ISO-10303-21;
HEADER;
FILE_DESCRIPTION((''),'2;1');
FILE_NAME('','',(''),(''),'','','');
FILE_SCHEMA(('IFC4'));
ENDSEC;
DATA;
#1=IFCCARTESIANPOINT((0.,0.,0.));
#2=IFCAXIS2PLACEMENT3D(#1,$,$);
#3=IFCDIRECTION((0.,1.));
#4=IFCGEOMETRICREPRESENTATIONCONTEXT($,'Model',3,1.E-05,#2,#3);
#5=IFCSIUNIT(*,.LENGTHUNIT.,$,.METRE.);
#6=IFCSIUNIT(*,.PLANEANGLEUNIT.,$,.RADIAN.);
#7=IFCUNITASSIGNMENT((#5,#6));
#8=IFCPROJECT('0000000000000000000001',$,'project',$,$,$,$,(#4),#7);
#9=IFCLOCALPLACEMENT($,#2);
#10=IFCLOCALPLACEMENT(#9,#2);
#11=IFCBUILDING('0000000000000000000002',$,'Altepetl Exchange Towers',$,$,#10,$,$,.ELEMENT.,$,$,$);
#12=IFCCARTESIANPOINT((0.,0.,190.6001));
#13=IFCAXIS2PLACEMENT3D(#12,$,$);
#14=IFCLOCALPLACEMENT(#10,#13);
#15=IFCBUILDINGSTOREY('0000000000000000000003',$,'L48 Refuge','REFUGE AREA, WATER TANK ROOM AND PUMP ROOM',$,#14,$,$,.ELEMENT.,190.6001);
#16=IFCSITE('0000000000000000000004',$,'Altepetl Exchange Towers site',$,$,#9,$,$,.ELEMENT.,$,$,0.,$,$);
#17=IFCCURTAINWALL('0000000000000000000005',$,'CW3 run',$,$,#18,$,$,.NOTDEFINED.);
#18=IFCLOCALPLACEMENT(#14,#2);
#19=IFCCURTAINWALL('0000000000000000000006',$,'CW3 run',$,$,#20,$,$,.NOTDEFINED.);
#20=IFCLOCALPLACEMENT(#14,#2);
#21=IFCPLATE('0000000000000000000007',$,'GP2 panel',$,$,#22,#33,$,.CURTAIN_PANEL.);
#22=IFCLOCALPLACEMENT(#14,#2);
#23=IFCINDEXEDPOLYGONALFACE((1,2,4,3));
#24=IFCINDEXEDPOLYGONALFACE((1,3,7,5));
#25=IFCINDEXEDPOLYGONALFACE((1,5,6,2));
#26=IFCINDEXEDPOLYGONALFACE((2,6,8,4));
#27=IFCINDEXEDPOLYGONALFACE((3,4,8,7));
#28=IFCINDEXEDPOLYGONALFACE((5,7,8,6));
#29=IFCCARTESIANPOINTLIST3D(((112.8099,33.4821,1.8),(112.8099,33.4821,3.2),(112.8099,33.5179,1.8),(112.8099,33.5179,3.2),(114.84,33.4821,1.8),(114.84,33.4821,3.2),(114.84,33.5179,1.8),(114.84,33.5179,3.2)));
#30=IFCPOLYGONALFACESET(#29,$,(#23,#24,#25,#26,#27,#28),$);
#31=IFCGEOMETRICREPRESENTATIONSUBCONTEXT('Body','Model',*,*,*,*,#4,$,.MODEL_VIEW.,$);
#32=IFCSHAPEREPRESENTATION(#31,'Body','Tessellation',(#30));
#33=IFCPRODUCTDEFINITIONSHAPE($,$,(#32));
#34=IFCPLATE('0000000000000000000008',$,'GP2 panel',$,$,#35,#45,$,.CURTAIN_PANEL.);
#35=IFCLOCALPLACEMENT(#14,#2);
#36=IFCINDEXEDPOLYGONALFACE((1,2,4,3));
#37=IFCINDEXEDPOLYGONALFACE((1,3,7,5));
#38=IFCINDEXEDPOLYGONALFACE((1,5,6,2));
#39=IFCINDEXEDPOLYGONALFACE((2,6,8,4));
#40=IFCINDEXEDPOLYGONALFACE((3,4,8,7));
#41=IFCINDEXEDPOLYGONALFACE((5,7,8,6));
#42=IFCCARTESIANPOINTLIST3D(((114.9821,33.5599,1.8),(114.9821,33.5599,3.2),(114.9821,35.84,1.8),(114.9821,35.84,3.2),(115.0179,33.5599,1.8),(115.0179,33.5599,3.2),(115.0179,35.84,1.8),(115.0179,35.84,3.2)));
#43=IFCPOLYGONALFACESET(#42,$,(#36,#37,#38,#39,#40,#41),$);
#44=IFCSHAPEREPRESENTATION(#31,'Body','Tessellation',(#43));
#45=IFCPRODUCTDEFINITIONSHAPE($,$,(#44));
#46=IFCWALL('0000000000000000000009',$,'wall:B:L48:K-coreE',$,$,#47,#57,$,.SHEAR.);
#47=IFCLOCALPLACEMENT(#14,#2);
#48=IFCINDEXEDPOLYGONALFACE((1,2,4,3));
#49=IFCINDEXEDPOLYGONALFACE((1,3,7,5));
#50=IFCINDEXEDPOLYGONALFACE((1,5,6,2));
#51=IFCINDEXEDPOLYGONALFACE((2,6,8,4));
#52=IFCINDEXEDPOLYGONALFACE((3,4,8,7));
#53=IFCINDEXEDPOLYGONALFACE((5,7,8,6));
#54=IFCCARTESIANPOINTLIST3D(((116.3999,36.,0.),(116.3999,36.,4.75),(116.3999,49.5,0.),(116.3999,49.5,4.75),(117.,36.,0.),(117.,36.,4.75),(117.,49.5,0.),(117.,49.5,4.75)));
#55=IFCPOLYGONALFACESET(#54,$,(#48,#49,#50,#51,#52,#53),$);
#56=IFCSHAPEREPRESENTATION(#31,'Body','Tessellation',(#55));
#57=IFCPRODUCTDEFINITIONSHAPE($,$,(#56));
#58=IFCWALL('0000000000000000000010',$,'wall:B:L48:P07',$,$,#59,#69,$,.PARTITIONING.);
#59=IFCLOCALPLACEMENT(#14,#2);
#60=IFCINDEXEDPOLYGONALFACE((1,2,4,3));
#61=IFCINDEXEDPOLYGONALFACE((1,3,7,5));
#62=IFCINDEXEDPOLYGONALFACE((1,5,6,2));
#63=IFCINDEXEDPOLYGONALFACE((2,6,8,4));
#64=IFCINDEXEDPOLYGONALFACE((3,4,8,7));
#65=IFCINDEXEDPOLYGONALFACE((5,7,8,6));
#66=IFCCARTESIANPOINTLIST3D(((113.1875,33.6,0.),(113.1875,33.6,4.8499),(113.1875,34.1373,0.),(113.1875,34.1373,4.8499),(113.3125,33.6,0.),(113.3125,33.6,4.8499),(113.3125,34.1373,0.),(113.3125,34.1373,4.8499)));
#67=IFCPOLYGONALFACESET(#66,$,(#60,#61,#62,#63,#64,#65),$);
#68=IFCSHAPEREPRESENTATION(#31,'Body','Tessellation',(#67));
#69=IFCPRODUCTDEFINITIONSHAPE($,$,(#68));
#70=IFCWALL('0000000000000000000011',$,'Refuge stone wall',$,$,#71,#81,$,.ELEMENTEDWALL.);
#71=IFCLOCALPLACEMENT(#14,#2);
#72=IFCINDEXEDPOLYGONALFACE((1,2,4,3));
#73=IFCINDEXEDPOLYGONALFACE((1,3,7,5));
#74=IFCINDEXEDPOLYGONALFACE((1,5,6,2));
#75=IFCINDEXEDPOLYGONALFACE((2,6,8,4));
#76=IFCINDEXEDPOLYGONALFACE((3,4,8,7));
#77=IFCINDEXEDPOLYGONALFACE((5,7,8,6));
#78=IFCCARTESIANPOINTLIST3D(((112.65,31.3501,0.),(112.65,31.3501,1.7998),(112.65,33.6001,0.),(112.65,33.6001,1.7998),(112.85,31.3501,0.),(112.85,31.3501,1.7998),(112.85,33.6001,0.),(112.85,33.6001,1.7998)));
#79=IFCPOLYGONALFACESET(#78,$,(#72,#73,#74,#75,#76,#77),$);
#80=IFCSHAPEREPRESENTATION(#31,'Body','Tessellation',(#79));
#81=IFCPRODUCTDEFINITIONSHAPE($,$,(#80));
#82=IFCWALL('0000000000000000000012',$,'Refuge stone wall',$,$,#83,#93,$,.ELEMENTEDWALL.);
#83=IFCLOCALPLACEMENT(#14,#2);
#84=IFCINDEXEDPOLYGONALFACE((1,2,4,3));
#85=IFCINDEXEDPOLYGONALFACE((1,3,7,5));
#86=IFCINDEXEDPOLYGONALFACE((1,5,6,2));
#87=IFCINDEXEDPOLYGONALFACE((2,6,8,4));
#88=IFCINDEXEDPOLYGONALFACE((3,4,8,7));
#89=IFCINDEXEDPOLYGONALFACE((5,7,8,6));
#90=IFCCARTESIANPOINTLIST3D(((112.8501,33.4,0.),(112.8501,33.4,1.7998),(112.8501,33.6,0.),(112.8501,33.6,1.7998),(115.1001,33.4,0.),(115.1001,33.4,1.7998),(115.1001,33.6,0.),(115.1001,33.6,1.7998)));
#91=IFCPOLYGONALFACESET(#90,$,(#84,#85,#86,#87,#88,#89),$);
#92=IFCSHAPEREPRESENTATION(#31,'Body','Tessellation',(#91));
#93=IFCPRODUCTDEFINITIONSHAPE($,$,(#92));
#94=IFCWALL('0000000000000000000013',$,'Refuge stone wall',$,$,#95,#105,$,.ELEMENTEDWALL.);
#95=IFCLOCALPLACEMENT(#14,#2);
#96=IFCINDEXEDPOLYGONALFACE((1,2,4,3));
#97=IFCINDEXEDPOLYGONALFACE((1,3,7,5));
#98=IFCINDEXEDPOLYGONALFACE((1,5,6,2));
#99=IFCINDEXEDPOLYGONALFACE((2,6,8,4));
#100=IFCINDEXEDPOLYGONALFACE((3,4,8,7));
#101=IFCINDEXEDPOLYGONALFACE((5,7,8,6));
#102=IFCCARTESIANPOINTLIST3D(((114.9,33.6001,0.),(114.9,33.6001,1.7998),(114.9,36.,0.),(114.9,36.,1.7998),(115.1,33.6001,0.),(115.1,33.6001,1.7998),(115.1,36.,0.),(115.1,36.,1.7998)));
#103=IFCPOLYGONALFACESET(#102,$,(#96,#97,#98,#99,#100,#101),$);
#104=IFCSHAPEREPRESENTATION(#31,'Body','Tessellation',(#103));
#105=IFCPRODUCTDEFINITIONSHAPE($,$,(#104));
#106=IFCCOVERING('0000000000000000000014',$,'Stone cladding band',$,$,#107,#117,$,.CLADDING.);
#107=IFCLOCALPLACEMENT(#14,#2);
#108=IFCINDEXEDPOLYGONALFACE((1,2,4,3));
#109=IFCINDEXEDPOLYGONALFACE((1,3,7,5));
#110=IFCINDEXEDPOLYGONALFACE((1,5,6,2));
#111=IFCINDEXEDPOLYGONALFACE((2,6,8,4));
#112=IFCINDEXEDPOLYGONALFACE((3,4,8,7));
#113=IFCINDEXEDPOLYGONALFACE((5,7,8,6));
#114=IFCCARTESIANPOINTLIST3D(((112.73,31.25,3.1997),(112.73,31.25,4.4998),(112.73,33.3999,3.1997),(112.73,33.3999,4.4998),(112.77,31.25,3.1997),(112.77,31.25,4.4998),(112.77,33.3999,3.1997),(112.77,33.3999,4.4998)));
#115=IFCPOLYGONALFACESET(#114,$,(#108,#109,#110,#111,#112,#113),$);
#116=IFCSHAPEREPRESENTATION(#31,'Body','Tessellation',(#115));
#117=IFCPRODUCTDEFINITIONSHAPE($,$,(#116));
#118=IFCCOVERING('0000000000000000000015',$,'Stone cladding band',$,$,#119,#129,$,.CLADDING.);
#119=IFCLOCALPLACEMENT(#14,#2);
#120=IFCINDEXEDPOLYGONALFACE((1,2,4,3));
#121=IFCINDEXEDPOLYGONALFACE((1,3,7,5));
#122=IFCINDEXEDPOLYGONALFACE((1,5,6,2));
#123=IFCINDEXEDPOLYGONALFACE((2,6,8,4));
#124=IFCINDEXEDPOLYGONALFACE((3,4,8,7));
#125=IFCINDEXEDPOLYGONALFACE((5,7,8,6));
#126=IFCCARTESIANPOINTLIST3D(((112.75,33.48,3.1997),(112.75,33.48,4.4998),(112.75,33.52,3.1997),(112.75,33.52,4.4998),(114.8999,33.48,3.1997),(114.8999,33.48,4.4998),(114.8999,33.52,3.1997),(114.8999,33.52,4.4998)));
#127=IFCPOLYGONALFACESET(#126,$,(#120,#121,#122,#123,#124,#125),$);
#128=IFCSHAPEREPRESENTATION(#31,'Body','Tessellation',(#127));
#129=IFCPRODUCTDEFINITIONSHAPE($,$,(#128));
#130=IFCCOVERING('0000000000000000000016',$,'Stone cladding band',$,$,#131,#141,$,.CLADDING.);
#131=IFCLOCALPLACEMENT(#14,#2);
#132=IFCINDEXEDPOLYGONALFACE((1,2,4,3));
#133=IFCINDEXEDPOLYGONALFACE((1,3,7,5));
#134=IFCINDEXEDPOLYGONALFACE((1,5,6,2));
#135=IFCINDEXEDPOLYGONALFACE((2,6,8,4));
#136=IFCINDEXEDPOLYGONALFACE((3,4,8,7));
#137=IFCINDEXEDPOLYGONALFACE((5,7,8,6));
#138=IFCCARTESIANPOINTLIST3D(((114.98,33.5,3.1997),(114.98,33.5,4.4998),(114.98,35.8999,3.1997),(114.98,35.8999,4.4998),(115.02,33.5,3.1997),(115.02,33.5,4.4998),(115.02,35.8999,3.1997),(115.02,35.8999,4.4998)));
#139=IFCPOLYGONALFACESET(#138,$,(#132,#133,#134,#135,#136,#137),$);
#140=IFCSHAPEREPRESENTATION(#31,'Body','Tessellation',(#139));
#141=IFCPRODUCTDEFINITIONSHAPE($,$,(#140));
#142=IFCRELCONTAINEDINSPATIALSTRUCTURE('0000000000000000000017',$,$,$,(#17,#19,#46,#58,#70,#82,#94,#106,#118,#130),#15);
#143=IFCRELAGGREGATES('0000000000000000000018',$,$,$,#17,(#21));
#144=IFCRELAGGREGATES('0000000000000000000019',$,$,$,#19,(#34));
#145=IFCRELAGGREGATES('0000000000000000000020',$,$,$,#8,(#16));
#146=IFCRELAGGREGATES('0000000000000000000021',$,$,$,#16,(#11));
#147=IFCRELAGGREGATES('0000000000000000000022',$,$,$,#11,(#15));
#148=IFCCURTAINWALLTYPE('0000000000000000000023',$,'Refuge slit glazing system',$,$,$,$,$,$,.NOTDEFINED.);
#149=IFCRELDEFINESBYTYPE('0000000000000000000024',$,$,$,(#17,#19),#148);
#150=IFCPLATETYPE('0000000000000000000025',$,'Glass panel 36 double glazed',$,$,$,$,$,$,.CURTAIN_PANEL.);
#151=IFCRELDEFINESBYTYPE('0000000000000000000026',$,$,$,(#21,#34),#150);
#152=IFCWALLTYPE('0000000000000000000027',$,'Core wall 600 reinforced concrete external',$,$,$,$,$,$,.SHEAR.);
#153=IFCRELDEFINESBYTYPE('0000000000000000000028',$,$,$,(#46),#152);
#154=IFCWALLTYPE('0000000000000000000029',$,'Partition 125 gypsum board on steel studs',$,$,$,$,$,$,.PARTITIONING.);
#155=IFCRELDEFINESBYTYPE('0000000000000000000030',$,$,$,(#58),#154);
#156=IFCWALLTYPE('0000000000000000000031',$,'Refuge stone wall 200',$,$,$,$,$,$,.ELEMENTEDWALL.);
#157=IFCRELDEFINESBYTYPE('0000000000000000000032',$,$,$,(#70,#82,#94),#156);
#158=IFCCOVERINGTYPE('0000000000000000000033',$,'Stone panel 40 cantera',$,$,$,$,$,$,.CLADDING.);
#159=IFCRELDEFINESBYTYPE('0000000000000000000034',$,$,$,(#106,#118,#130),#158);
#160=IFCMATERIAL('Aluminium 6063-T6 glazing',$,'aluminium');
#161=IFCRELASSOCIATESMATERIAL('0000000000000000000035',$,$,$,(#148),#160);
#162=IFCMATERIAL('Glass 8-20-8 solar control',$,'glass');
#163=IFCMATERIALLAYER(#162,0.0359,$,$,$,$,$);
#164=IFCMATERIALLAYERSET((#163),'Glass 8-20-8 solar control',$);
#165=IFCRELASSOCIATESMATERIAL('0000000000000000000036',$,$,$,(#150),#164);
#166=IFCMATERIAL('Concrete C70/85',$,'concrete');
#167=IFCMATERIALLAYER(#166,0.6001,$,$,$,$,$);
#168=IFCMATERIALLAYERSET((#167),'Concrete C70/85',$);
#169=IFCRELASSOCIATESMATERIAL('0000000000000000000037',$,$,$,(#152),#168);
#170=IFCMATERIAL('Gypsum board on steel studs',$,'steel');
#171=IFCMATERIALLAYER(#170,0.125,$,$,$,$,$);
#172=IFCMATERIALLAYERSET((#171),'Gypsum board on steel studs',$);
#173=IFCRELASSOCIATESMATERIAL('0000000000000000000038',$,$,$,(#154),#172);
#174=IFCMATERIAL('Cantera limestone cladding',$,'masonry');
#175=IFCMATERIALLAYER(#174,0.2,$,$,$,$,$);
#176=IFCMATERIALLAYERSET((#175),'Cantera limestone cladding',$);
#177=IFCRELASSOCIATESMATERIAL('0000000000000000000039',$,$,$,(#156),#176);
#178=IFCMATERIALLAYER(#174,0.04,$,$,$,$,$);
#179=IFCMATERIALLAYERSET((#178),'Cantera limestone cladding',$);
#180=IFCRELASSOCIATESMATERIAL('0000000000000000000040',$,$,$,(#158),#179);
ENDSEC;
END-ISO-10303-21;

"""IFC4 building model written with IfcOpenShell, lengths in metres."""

from ifc_helpers import new_model, si_unit, direction, frame, frame_2d, origin, origin_2d, place, context, subcontext, project, spatial, rectangle, extrude, material, layer, layer_set, type_object, element, aggregate, save


model = new_model("IFC4")

# Units and contexts
model_context = context("Model", 3, precision=1e-05, world=origin(), true_north=direction((0.0, 1.0)))
body_context = subcontext(model_context, "Body", "Model", "MODEL_VIEW")
ifc_project = project(units=[si_unit("LENGTHUNIT", "METRE"), si_unit("PLANEANGLEUNIT", "RADIAN")], contexts=[model_context])

# Site, building, storey
site_placement = place(None, origin())
site = spatial("IfcSite", under=ifc_project, at=site_placement, Name="Altepetl Exchange Towers site", CompositionType="ELEMENT", RefElevation=0.0)
building_placement = place(site_placement, origin())
building = spatial("IfcBuilding", under=site, at=building_placement, Name="Altepetl Exchange Towers", CompositionType="ELEMENT")
storey_placement = place(building_placement, frame((0.0, 0.0, 190.6001)))
storey = spatial("IfcBuildingStorey", under=building, at=storey_placement, Name="L48 Refuge", Description="REFUGE AREA, WATER TANK ROOM AND PUMP ROOM", CompositionType="ELEMENT", Elevation=190.6001)

# Curtain walls
ifc_material_1 = material(Name="Aluminium 6063-T6 glazing", Category="aluminium")
curtain_wall_type = type_object("IfcCurtainWallType", Name="Refuge slit glazing system", PredefinedType="NOTDEFINED", material=ifc_material_1)
curtain_wall_1_placement = place(storey_placement, origin())
curtain_wall_1 = element("IfcCurtainWall", 1, at=curtain_wall_1_placement, inside=storey, type_object=curtain_wall_type, Name="CW3 run", PredefinedType="NOTDEFINED")
curtain_wall_2_placement = place(storey_placement, origin())
curtain_wall_2 = element("IfcCurtainWall", 2, at=curtain_wall_2_placement, inside=storey, type_object=curtain_wall_type, Name="CW3 run", PredefinedType="NOTDEFINED")

# Plates
ifc_material_2 = material(Name="Glass 8-20-8 solar control", Category="glass")
ifc_layer_1 = layer(ifc_material_2, 0.0359)
ifc_layer_set_1 = layer_set([ifc_layer_1], Name="Glass 8-20-8 solar control")
plate_type = type_object("IfcPlateType", Name="Glass panel 36 double glazed", PredefinedType="CURTAIN_PANEL", material=ifc_layer_set_1)
plate_1_placement = place(storey_placement, frame((113.825, 33.5, 1.8)))
plate_1 = element("IfcPlate", 3, at=plate_1_placement, type_object=plate_type, Name="GP2 panel", PredefinedType="CURTAIN_PANEL", context=body_context, shape_type="SweptSolid", body=[
    extrude(rectangle(XDim=2.03, YDim=0.0359, at=origin_2d()), origin(), (0.0, 0.0, 1.0), 1.3999),
])
aggregate(curtain_wall_1, [plate_1])
plate_2_placement = place(storey_placement, frame((115.0, 34.7, 1.8), z_axis=(0.0, 0.0, 1.0), x_axis=(0.0, 1.0, 0.0)))
plate_2 = element("IfcPlate", 4, at=plate_2_placement, type_object=plate_type, Name="GP2 panel", PredefinedType="CURTAIN_PANEL", context=body_context, shape_type="SweptSolid", body=[
    extrude(rectangle(XDim=2.28, YDim=0.0359, at=origin_2d()), origin(), (0.0, 0.0, 1.0), 1.3999),
])
aggregate(curtain_wall_2, [plate_2])

# Walls
ifc_material_3 = material(Name="Concrete C70/85", Category="concrete")
ifc_layer_2 = layer(ifc_material_3, 0.6001)
ifc_layer_set_2 = layer_set([ifc_layer_2], Name="Concrete C70/85")
wall_type_1 = type_object("IfcWallType", Name="Core wall 600 reinforced concrete external", PredefinedType="SHEAR", material=ifc_layer_set_2)
wall_1_placement = place(storey_placement, frame((116.7, 36.0, 0.0), z_axis=(0.0, 0.0, 1.0), x_axis=(0.0, 1.0, 0.0)))
element("IfcWall", 5, at=wall_1_placement, inside=storey, type_object=wall_type_1, Name="wall:B:L48:K-coreE", PredefinedType="SHEAR", context=body_context, shape_type="SweptSolid", body=[
    extrude(rectangle(XDim=13.5, YDim=0.6001, at=frame_2d((6.75, 0.0))), origin(), (0.0, 0.0, 1.0), 4.75),
])
ifc_material_4 = material(Name="Gypsum board on steel studs", Category="steel")
ifc_layer_3 = layer(ifc_material_4, 0.125)
ifc_layer_set_3 = layer_set([ifc_layer_3], Name="Gypsum board on steel studs")
wall_type_2 = type_object("IfcWallType", Name="Partition 125 gypsum board on steel studs", PredefinedType="PARTITIONING", material=ifc_layer_set_3)
wall_2_placement = place(storey_placement, frame((113.25, 33.6001, 0.0), z_axis=(0.0, 0.0, 1.0), x_axis=(0.0, 1.0, 0.0)))
element("IfcWall", 6, at=wall_2_placement, inside=storey, type_object=wall_type_2, Name="wall:B:L48:P07", PredefinedType="PARTITIONING", context=body_context, shape_type="SweptSolid", body=[
    extrude(rectangle(XDim=0.5374, YDim=0.125, at=frame_2d((0.2686, 0.0))), origin(), (0.0, 0.0, 1.0), 4.8499),
])
ifc_material_5 = material(Name="Cantera limestone cladding", Category="masonry")
ifc_layer_4 = layer(ifc_material_5, 0.2)
ifc_layer_set_4 = layer_set([ifc_layer_4], Name="Cantera limestone cladding")
wall_type_3 = type_object("IfcWallType", Name="Refuge stone wall 200", PredefinedType="ELEMENTEDWALL", material=ifc_layer_set_4)
wall_3_placement = place(storey_placement, frame((112.75, 31.3501, 0.0), z_axis=(0.0, 0.0, 1.0), x_axis=(0.0, 1.0, 0.0)))
element("IfcWall", 7, at=wall_3_placement, inside=storey, type_object=wall_type_3, Name="Refuge stone wall", PredefinedType="ELEMENTEDWALL", context=body_context, shape_type="SweptSolid", body=[
    extrude(rectangle(XDim=2.25, YDim=0.2, at=frame_2d((1.125, 0.0))), origin(), (0.0, 0.0, 1.0), 1.7998),
])
wall_4_placement = place(storey_placement, frame((112.8501, 33.5, 0.0)))
element("IfcWall", 8, at=wall_4_placement, inside=storey, type_object=wall_type_3, Name="Refuge stone wall", PredefinedType="ELEMENTEDWALL", context=body_context, shape_type="SweptSolid", body=[
    extrude(rectangle(XDim=2.25, YDim=0.2, at=frame_2d((1.125, 0.0))), origin(), (0.0, 0.0, 1.0), 1.7998),
])
wall_5_placement = place(storey_placement, frame((115.0, 33.6001, 0.0), z_axis=(0.0, 0.0, 1.0), x_axis=(0.0, 1.0, 0.0)))
element("IfcWall", 9, at=wall_5_placement, inside=storey, type_object=wall_type_3, Name="Refuge stone wall", PredefinedType="ELEMENTEDWALL", context=body_context, shape_type="SweptSolid", body=[
    extrude(rectangle(XDim=2.3999, YDim=0.2, at=frame_2d((1.2, 0.0))), origin(), (0.0, 0.0, 1.0), 1.7998),
])

# Coverings
ifc_layer_5 = layer(ifc_material_5, 0.04)
ifc_layer_set_5 = layer_set([ifc_layer_5], Name="Cantera limestone cladding")
covering_type = type_object("IfcCoveringType", Name="Stone panel 40 cantera", PredefinedType="CLADDING", material=ifc_layer_set_5)
covering_1_placement = place(storey_placement, frame((112.75, 32.325, 3.1997), z_axis=(0.0, 0.0, 1.0), x_axis=(0.0, 1.0, 0.0)))
element("IfcCovering", 10, at=covering_1_placement, inside=storey, type_object=covering_type, Name="Stone cladding band", PredefinedType="CLADDING", context=body_context, shape_type="SweptSolid", body=[
    extrude(rectangle(XDim=2.1499, YDim=0.04, at=origin_2d()), origin(), (0.0, 0.0, 1.0), 1.3),
])
covering_2_placement = place(storey_placement, frame((113.825, 33.5, 3.1997)))
element("IfcCovering", 11, at=covering_2_placement, inside=storey, type_object=covering_type, Name="Stone cladding band", PredefinedType="CLADDING", context=body_context, shape_type="SweptSolid", body=[
    extrude(rectangle(XDim=2.1499, YDim=0.04, at=origin_2d()), origin(), (0.0, 0.0, 1.0), 1.3),
])
covering_3_placement = place(storey_placement, frame((115.0, 34.7, 3.1997), z_axis=(0.0, 0.0, 1.0), x_axis=(0.0, 1.0, 0.0)))
element("IfcCovering", 12, at=covering_3_placement, inside=storey, type_object=covering_type, Name="Stone cladding band", PredefinedType="CLADDING", context=body_context, shape_type="SweptSolid", body=[
    extrude(rectangle(XDim=2.3999, YDim=0.04, at=origin_2d()), origin(), (0.0, 0.0, 1.0), 1.3),
])

save(model, "model.ifc")
